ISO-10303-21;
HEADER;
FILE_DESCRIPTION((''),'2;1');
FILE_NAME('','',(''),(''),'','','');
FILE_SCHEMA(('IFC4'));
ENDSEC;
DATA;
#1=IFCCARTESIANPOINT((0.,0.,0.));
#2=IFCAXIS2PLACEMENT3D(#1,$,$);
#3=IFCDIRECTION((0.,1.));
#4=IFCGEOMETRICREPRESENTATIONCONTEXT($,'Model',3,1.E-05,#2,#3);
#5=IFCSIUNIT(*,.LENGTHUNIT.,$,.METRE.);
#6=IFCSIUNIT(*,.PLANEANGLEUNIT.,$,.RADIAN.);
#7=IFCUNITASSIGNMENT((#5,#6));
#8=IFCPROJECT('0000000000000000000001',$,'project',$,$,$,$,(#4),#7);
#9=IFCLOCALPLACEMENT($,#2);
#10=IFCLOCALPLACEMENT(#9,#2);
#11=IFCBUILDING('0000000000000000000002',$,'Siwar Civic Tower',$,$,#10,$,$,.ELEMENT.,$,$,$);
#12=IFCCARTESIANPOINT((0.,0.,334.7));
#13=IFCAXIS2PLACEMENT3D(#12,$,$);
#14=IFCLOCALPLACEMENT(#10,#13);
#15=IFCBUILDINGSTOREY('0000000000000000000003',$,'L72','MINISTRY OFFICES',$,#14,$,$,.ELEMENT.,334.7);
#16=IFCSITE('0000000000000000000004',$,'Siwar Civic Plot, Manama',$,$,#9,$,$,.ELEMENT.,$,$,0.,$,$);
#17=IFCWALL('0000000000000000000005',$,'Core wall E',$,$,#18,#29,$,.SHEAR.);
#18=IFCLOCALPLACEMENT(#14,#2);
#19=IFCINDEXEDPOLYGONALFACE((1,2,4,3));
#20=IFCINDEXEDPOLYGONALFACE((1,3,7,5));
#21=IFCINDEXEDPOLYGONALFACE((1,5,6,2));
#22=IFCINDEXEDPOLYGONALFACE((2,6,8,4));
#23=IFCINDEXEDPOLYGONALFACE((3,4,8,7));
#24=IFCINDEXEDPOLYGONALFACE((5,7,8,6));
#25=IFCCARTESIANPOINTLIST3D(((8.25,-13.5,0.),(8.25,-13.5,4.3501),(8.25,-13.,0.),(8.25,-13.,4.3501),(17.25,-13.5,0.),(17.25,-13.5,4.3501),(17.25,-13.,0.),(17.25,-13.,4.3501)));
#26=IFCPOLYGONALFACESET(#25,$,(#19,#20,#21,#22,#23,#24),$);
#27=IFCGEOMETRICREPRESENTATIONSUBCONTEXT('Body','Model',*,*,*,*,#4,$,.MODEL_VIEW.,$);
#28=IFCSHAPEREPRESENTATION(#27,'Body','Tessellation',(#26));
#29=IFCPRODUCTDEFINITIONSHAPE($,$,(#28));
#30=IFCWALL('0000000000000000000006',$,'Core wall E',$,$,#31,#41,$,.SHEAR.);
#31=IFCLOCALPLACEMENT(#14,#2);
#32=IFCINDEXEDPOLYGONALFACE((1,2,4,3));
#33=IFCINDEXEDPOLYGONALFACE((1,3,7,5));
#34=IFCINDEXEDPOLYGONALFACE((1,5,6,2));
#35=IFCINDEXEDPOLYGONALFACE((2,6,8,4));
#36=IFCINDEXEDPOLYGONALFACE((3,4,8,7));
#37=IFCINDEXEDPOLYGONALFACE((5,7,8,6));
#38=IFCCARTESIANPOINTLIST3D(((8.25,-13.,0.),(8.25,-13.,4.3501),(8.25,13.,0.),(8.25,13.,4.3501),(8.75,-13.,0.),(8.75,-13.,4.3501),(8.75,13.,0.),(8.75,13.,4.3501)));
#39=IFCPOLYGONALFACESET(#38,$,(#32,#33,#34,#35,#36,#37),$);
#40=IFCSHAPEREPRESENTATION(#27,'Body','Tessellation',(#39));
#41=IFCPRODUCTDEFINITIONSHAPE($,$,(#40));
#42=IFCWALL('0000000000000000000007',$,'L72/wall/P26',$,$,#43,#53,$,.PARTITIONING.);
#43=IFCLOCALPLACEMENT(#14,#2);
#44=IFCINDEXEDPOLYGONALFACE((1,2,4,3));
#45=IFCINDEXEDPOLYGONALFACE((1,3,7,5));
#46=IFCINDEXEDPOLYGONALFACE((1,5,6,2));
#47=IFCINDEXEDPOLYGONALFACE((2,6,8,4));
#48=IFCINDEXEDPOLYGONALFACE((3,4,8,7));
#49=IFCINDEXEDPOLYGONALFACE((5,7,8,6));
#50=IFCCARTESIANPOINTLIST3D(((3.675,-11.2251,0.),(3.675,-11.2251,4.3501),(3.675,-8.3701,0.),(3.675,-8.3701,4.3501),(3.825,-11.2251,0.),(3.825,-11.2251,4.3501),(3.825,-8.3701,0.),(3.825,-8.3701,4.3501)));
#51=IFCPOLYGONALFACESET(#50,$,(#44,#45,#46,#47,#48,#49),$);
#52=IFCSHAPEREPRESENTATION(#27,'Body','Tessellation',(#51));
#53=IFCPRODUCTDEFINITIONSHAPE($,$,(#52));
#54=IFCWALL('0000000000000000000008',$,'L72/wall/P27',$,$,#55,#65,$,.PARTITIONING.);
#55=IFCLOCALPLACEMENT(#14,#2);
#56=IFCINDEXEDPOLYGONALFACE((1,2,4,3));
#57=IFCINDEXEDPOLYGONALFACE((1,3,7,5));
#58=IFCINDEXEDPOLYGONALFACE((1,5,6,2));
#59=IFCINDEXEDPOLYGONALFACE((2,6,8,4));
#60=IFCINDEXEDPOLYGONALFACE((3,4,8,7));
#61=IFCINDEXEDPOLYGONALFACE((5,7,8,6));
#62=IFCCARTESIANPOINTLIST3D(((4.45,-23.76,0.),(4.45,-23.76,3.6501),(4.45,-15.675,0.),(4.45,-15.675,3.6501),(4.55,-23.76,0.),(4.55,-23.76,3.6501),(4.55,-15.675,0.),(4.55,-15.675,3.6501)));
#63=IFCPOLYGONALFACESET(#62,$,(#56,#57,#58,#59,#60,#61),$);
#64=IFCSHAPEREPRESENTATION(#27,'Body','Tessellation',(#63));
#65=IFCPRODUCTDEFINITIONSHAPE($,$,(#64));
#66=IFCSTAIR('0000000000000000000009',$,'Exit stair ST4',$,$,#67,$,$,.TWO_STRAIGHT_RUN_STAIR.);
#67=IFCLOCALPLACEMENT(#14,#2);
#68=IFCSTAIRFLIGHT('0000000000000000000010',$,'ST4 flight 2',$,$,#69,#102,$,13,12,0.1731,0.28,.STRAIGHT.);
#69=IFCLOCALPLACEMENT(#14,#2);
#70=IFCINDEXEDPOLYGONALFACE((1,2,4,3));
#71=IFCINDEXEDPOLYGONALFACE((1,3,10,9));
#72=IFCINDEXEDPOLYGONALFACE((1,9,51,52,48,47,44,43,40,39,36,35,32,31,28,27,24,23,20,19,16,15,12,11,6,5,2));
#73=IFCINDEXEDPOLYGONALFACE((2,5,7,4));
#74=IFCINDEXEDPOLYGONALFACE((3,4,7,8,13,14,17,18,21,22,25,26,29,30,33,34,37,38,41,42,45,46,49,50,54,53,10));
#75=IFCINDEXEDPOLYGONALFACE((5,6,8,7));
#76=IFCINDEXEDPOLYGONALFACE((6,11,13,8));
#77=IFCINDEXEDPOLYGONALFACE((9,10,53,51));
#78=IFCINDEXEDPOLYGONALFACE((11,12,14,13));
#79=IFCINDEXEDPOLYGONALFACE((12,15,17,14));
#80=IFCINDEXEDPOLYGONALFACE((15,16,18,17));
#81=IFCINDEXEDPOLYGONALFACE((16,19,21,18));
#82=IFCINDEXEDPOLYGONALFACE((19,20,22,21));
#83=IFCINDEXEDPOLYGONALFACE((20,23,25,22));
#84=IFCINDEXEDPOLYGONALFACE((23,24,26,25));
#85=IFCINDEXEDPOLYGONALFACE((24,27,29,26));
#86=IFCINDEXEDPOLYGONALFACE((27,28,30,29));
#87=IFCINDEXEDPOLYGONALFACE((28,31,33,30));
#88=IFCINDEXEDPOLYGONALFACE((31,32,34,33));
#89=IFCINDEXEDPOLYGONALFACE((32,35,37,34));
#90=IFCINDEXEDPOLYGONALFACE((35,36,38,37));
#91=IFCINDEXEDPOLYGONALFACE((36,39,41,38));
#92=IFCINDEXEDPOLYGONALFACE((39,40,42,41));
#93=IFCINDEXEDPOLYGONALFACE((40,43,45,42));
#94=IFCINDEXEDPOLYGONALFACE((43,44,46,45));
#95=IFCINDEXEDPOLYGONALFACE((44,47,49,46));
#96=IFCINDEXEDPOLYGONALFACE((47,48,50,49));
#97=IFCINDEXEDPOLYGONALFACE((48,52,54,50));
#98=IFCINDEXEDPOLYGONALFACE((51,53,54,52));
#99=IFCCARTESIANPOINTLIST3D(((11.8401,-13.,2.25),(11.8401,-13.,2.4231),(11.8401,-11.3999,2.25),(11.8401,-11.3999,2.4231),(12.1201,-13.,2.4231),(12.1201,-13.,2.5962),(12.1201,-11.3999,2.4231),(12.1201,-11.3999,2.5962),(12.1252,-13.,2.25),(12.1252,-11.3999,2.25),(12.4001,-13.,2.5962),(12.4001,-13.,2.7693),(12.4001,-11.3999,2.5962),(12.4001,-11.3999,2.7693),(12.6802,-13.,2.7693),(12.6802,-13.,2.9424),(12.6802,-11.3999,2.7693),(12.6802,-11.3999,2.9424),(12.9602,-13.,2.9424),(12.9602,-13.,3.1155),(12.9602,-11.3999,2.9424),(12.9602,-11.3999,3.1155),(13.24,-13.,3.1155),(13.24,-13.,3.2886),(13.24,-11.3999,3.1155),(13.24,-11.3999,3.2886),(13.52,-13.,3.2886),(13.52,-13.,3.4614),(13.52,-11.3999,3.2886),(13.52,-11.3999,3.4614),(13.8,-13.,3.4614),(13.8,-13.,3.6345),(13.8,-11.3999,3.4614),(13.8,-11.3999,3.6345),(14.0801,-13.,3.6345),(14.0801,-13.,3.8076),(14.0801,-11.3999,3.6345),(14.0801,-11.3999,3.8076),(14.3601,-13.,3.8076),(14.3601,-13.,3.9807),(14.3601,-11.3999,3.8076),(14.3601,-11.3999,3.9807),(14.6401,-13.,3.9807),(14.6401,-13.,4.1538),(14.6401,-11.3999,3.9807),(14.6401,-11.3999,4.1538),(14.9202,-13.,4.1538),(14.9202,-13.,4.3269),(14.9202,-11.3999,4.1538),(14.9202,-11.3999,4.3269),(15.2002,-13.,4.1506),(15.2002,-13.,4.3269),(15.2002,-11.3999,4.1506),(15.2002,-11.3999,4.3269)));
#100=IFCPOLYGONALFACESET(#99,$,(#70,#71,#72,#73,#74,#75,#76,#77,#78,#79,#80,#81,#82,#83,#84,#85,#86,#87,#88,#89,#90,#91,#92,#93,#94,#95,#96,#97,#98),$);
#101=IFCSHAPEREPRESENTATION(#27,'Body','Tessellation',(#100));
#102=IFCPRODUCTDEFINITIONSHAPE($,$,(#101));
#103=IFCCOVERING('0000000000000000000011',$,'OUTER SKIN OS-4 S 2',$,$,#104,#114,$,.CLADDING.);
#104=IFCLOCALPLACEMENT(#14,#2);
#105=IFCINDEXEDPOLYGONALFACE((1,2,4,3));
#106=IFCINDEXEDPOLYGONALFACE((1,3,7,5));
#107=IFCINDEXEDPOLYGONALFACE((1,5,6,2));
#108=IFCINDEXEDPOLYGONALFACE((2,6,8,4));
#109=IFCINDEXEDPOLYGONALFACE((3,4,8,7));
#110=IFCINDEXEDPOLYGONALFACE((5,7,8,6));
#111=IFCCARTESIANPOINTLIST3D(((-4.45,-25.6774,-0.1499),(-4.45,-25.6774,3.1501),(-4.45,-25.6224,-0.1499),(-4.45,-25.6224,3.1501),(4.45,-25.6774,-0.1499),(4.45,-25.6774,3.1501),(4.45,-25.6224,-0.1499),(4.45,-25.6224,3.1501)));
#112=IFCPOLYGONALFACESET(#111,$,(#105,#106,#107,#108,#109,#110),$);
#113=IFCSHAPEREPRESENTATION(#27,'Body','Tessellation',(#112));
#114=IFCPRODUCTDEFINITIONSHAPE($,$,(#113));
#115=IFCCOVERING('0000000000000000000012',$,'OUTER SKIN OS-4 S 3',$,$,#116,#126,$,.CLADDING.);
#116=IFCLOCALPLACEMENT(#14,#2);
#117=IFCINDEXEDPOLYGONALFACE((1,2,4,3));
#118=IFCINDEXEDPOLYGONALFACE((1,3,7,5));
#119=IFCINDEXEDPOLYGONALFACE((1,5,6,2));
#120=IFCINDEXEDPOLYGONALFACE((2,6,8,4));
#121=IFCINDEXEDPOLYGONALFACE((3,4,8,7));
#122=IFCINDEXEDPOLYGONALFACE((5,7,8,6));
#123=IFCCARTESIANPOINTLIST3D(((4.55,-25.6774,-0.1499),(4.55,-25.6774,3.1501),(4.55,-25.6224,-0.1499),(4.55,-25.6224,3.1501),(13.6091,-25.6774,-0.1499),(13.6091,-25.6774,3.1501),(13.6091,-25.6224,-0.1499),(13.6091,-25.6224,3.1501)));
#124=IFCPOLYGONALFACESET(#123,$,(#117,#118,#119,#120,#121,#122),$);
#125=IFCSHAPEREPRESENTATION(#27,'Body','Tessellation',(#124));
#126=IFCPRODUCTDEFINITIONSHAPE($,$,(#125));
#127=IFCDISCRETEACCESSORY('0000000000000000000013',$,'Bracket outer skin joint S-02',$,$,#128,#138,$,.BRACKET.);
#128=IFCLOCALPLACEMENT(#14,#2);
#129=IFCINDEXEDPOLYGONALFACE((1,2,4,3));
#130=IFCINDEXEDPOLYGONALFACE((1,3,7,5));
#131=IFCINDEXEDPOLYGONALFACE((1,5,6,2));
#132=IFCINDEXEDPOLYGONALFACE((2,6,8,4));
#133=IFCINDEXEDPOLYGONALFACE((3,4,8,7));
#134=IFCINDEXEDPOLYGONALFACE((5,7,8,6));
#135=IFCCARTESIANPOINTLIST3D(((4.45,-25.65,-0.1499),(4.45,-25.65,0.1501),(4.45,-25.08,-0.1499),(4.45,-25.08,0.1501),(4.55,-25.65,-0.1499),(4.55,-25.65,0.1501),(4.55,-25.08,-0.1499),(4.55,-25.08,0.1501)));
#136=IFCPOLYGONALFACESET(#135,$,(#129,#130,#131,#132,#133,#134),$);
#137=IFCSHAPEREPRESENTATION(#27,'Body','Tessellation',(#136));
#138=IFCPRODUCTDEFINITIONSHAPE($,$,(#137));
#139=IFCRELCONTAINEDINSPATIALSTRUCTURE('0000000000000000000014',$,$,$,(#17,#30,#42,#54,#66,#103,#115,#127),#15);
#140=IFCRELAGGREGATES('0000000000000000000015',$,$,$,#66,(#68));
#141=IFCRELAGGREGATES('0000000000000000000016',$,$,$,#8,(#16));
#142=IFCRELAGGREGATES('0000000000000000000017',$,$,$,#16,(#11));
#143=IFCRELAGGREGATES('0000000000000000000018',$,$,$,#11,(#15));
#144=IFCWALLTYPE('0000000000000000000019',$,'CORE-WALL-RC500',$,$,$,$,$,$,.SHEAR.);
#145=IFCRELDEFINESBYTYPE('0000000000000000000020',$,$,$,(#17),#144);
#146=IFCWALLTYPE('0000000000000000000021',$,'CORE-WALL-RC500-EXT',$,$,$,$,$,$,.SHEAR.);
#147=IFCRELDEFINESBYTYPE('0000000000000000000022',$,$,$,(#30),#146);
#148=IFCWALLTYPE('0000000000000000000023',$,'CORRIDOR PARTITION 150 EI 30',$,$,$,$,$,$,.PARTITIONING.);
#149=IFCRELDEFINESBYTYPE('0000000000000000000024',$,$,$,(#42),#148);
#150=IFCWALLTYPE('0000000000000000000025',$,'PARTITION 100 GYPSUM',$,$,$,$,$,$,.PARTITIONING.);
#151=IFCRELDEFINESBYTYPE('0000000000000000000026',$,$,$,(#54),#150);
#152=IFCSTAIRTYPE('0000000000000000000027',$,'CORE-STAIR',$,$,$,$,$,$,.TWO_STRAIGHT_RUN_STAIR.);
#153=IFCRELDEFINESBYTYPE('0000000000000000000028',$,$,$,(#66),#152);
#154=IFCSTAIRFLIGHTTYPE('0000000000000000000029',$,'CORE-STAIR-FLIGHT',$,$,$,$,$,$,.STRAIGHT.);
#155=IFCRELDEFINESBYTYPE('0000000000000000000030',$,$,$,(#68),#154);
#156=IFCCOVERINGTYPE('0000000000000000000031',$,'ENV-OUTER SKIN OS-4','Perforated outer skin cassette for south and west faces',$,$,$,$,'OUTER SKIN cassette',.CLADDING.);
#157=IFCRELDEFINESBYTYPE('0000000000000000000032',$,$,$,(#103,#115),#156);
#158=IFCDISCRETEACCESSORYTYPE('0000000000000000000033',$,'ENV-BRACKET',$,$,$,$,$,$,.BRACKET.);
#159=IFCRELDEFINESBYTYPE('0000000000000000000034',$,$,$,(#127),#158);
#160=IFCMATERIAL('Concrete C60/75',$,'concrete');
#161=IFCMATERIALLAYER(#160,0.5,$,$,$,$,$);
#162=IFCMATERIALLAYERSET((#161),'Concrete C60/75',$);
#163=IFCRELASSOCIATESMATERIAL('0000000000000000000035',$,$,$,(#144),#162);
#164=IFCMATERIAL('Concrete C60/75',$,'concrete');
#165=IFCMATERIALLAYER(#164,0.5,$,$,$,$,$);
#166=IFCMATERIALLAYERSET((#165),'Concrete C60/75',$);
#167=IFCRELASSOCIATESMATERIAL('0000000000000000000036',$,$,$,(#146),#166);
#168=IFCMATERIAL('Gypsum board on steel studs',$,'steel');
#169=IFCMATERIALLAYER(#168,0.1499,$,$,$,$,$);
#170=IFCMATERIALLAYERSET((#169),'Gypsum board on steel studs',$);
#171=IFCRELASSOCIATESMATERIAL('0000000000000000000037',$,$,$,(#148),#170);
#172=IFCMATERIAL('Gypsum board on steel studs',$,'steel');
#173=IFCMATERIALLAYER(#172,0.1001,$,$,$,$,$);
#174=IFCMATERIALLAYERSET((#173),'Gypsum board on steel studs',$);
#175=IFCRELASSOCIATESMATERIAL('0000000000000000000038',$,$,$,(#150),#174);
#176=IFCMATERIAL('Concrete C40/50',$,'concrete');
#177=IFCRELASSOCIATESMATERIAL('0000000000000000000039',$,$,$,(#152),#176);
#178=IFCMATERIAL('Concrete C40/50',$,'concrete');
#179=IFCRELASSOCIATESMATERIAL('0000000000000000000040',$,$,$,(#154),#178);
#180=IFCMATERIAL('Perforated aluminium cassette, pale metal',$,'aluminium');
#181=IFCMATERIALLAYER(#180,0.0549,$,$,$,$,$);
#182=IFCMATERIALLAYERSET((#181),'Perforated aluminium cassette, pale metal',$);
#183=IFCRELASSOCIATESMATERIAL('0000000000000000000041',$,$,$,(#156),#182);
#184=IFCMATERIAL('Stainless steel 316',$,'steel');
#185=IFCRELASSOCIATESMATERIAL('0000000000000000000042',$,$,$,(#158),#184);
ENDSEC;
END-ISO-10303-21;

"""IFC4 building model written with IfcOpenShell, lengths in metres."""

from ifc_helpers import new_model, si_unit, direction, frame, frame_2d, origin, origin_2d, place, context, subcontext, project, spatial, polyline, rectangle, outline, extrude, material, layer, layer_set, type_object, element, aggregate, save


model = new_model("IFC4")

# Units and contexts
model_context = context("Model", 3, precision=1e-05, world=origin(), true_north=direction((0.0, 1.0)))
body_context = subcontext(model_context, "Body", "Model", "MODEL_VIEW")
ifc_project = project(units=[si_unit("LENGTHUNIT", "METRE"), si_unit("PLANEANGLEUNIT", "RADIAN")], contexts=[model_context])

# Site, building, storey
site_placement = place(None, origin())
site = spatial("IfcSite", under=ifc_project, at=site_placement, Name="Siwar Civic Plot, Manama", CompositionType="ELEMENT", RefElevation=0.0)
building_placement = place(site_placement, origin())
building = spatial("IfcBuilding", under=site, at=building_placement, Name="Siwar Civic Tower", CompositionType="ELEMENT")
storey_placement = place(building_placement, frame((0.0, 0.0, 334.7)))
storey = spatial("IfcBuildingStorey", under=building, at=storey_placement, Name="L72", Description="MINISTRY OFFICES", CompositionType="ELEMENT", Elevation=334.7)

# Walls
ifc_material_1 = material(Name="Concrete C60/75", Category="concrete")
ifc_layer_1 = layer(ifc_material_1, 0.5)
ifc_layer_set_1 = layer_set([ifc_layer_1], Name="Concrete C60/75")
wall_type_1 = type_object("IfcWallType", Name="CORE-WALL-RC500", PredefinedType="SHEAR", material=ifc_layer_set_1)
wall_1_placement = place(storey_placement, frame((8.25, -13.25, 0.0), z_axis=(0.0, 0.0, 1.0), x_axis=(1.0, 0.0, 0.0)))
element("IfcWall", 1, at=wall_1_placement, inside=storey, type_object=wall_type_1, Name="Core wall E", PredefinedType="SHEAR", context=body_context, shape_type="SweptSolid", body=[
    extrude(rectangle(XDim=9.0, YDim=0.5, at=frame_2d((4.5, 0.0))), origin(), (0.0, 0.0, 1.0), 4.3501),
])
ifc_material_2 = material(Name="Concrete C60/75", Category="concrete")
ifc_layer_2 = layer(ifc_material_2, 0.5)
ifc_layer_set_2 = layer_set([ifc_layer_2], Name="Concrete C60/75")
wall_type_2 = type_object("IfcWallType", Name="CORE-WALL-RC500-EXT", PredefinedType="SHEAR", material=ifc_layer_set_2)
wall_2_placement = place(storey_placement, frame((8.5, -13.0, 0.0), z_axis=(0.0, 0.0, 1.0), x_axis=(0.0, 1.0, 0.0)))
element("IfcWall", 2, at=wall_2_placement, inside=storey, type_object=wall_type_2, Name="Core wall E", PredefinedType="SHEAR", context=body_context, shape_type="SweptSolid", body=[
    extrude(rectangle(XDim=26.0, YDim=0.5, at=frame_2d((13.0, 0.0))), origin(), (0.0, 0.0, 1.0), 4.3501),
])
ifc_material_3 = material(Name="Gypsum board on steel studs", Category="steel")
ifc_layer_3 = layer(ifc_material_3, 0.1499)
ifc_layer_set_3 = layer_set([ifc_layer_3], Name="Gypsum board on steel studs")
wall_type_3 = type_object("IfcWallType", Name="CORRIDOR PARTITION 150 EI 30", PredefinedType="PARTITIONING", material=ifc_layer_set_3)
wall_3_placement = place(storey_placement, frame((3.75, -11.2251, 0.0), z_axis=(0.0, 0.0, 1.0), x_axis=(0.0, 1.0, 0.0)))
element("IfcWall", 3, at=wall_3_placement, inside=storey, type_object=wall_type_3, Name="L72/wall/P26", PredefinedType="PARTITIONING", context=body_context, shape_type="SweptSolid", body=[
    extrude(rectangle(XDim=2.855, YDim=0.1499, at=frame_2d((1.4275, 0.0))), origin(), (0.0, 0.0, 1.0), 4.3501),
])
ifc_material_4 = material(Name="Gypsum board on steel studs", Category="steel")
ifc_layer_4 = layer(ifc_material_4, 0.1001)
ifc_layer_set_4 = layer_set([ifc_layer_4], Name="Gypsum board on steel studs")
wall_type_4 = type_object("IfcWallType", Name="PARTITION 100 GYPSUM", PredefinedType="PARTITIONING", material=ifc_layer_set_4)
wall_4_placement = place(storey_placement, frame((4.5, -23.76, 0.0), z_axis=(0.0, 0.0, 1.0), x_axis=(0.0, 1.0, 0.0)))
element("IfcWall", 4, at=wall_4_placement, inside=storey, type_object=wall_type_4, Name="L72/wall/P27", PredefinedType="PARTITIONING", context=body_context, shape_type="SweptSolid", body=[
    extrude(rectangle(XDim=8.085, YDim=0.1001, at=frame_2d((4.0425, 0.0))), origin(), (0.0, 0.0, 1.0), 3.6501),
])

# Stair, stair flight
ifc_material_5 = material(Name="Concrete C40/50", Category="concrete")
stair_type = type_object("IfcStairType", Name="CORE-STAIR", PredefinedType="TWO_STRAIGHT_RUN_STAIR", material=ifc_material_5)
stair_placement = place(storey_placement, origin())
stair = element("IfcStair", 5, at=stair_placement, inside=storey, type_object=stair_type, Name="Exit stair ST4", PredefinedType="TWO_STRAIGHT_RUN_STAIR")
ifc_material_6 = material(Name="Concrete C40/50", Category="concrete")
stair_flight_type = type_object("IfcStairFlightType", Name="CORE-STAIR-FLIGHT", PredefinedType="STRAIGHT", material=ifc_material_6)
stair_flight_placement = place(storey_placement, frame((11.8401, -12.2, 2.25), z_axis=(0.0, 0.0, 1.0), x_axis=(1.0, 0.0, 0.0)))
stair_flight = element("IfcStairFlight", 6, at=stair_flight_placement, type_object=stair_flight_type, Name="ST4 flight 2", NumberOfRisers=13, NumberOfTreads=12, PredefinedType="STRAIGHT", RiserHeight=0.1731, TreadLength=0.28, context=body_context, shape_type="SweptSolid", body=[
    extrude(outline(polyline([(0.0, 0.0), (0.0, 0.1731), (0.28, 0.1731), (0.28, 0.3462), (0.5601, 0.3462), (0.5601, 0.5193), (0.8401, 0.5193), (0.8401, 0.6924), (1.1201, 0.6924), (1.1201, 0.8655), (1.3999, 0.8655), (1.3999, 1.0386), (1.6799, 1.0386), (1.6799, 1.2114), (1.96, 1.2114), (1.96, 1.3845), (2.24, 1.3845), (2.24, 1.5576), (2.52, 1.5576), (2.52, 1.7307), (2.8, 1.7307), (2.8, 1.9038), (3.0801, 1.9038), (3.0801, 2.0769), (3.3601, 2.0769), (3.3601, 2.25), (3.3601, 1.9006), (0.2852, 0.0), (0.0, 0.0)])), frame((0.0, 0.8, 0.0), z_axis=(0.0, -1.0, 0.0), x_axis=(1.0, 0.0, 0.0)), (0.0, 0.0, 1.0), 1.6001),
])
aggregate(stair, [stair_flight])

# Coverings
ifc_material_7 = material(Name="Perforated aluminium cassette, pale metal", Category="aluminium")
ifc_layer_5 = layer(ifc_material_7, 0.0549)
ifc_layer_set_5 = layer_set([ifc_layer_5], Name="Perforated aluminium cassette, pale metal")
covering_type = type_object("IfcCoveringType", Name="ENV-OUTER SKIN OS-4", Description="Perforated outer skin cassette for south and west faces", ElementType="OUTER SKIN cassette", PredefinedType="CLADDING", material=ifc_layer_set_5)
covering_1_placement = place(storey_placement, frame((0.0, -25.6499, -0.1499), z_axis=(0.0, 0.0, 1.0), x_axis=(1.0, 0.0, 0.0)))
element("IfcCovering", 7, at=covering_1_placement, inside=storey, type_object=covering_type, Name="OUTER SKIN OS-4 S 2", PredefinedType="CLADDING", context=body_context, shape_type="SweptSolid", body=[
    extrude(rectangle(XDim=8.8999, YDim=0.0549, at=origin_2d()), origin(), (0.0, 0.0, 1.0), 3.3),
])
covering_2_placement = place(storey_placement, frame((9.0796, -25.6499, -0.1499), z_axis=(0.0, 0.0, 1.0), x_axis=(1.0, 0.0, 0.0)))
element("IfcCovering", 8, at=covering_2_placement, inside=storey, type_object=covering_type, Name="OUTER SKIN OS-4 S 3", PredefinedType="CLADDING", context=body_context, shape_type="SweptSolid", body=[
    extrude(rectangle(XDim=9.0591, YDim=0.0549, at=origin_2d()), origin(), (0.0, 0.0, 1.0), 3.3),
])

# Discrete accessory
ifc_material_8 = material(Name="Stainless steel 316", Category="steel")
discrete_accessory_type = type_object("IfcDiscreteAccessoryType", Name="ENV-BRACKET", PredefinedType="BRACKET", material=ifc_material_8)
discrete_accessory_placement = place(storey_placement, frame((4.5, -25.365, -0.1499), z_axis=(0.0, 0.0, 1.0), x_axis=(0.0, -1.0, 0.0)))
element("IfcDiscreteAccessory", 9, at=discrete_accessory_placement, inside=storey, type_object=discrete_accessory_type, Name="Bracket outer skin joint S-02", PredefinedType="BRACKET", context=body_context, shape_type="SweptSolid", body=[
    extrude(rectangle(XDim=0.5701, YDim=0.1001, at=origin_2d()), origin(), (0.0, 0.0, 1.0), 0.3),
])

save(model, "model.ifc")
